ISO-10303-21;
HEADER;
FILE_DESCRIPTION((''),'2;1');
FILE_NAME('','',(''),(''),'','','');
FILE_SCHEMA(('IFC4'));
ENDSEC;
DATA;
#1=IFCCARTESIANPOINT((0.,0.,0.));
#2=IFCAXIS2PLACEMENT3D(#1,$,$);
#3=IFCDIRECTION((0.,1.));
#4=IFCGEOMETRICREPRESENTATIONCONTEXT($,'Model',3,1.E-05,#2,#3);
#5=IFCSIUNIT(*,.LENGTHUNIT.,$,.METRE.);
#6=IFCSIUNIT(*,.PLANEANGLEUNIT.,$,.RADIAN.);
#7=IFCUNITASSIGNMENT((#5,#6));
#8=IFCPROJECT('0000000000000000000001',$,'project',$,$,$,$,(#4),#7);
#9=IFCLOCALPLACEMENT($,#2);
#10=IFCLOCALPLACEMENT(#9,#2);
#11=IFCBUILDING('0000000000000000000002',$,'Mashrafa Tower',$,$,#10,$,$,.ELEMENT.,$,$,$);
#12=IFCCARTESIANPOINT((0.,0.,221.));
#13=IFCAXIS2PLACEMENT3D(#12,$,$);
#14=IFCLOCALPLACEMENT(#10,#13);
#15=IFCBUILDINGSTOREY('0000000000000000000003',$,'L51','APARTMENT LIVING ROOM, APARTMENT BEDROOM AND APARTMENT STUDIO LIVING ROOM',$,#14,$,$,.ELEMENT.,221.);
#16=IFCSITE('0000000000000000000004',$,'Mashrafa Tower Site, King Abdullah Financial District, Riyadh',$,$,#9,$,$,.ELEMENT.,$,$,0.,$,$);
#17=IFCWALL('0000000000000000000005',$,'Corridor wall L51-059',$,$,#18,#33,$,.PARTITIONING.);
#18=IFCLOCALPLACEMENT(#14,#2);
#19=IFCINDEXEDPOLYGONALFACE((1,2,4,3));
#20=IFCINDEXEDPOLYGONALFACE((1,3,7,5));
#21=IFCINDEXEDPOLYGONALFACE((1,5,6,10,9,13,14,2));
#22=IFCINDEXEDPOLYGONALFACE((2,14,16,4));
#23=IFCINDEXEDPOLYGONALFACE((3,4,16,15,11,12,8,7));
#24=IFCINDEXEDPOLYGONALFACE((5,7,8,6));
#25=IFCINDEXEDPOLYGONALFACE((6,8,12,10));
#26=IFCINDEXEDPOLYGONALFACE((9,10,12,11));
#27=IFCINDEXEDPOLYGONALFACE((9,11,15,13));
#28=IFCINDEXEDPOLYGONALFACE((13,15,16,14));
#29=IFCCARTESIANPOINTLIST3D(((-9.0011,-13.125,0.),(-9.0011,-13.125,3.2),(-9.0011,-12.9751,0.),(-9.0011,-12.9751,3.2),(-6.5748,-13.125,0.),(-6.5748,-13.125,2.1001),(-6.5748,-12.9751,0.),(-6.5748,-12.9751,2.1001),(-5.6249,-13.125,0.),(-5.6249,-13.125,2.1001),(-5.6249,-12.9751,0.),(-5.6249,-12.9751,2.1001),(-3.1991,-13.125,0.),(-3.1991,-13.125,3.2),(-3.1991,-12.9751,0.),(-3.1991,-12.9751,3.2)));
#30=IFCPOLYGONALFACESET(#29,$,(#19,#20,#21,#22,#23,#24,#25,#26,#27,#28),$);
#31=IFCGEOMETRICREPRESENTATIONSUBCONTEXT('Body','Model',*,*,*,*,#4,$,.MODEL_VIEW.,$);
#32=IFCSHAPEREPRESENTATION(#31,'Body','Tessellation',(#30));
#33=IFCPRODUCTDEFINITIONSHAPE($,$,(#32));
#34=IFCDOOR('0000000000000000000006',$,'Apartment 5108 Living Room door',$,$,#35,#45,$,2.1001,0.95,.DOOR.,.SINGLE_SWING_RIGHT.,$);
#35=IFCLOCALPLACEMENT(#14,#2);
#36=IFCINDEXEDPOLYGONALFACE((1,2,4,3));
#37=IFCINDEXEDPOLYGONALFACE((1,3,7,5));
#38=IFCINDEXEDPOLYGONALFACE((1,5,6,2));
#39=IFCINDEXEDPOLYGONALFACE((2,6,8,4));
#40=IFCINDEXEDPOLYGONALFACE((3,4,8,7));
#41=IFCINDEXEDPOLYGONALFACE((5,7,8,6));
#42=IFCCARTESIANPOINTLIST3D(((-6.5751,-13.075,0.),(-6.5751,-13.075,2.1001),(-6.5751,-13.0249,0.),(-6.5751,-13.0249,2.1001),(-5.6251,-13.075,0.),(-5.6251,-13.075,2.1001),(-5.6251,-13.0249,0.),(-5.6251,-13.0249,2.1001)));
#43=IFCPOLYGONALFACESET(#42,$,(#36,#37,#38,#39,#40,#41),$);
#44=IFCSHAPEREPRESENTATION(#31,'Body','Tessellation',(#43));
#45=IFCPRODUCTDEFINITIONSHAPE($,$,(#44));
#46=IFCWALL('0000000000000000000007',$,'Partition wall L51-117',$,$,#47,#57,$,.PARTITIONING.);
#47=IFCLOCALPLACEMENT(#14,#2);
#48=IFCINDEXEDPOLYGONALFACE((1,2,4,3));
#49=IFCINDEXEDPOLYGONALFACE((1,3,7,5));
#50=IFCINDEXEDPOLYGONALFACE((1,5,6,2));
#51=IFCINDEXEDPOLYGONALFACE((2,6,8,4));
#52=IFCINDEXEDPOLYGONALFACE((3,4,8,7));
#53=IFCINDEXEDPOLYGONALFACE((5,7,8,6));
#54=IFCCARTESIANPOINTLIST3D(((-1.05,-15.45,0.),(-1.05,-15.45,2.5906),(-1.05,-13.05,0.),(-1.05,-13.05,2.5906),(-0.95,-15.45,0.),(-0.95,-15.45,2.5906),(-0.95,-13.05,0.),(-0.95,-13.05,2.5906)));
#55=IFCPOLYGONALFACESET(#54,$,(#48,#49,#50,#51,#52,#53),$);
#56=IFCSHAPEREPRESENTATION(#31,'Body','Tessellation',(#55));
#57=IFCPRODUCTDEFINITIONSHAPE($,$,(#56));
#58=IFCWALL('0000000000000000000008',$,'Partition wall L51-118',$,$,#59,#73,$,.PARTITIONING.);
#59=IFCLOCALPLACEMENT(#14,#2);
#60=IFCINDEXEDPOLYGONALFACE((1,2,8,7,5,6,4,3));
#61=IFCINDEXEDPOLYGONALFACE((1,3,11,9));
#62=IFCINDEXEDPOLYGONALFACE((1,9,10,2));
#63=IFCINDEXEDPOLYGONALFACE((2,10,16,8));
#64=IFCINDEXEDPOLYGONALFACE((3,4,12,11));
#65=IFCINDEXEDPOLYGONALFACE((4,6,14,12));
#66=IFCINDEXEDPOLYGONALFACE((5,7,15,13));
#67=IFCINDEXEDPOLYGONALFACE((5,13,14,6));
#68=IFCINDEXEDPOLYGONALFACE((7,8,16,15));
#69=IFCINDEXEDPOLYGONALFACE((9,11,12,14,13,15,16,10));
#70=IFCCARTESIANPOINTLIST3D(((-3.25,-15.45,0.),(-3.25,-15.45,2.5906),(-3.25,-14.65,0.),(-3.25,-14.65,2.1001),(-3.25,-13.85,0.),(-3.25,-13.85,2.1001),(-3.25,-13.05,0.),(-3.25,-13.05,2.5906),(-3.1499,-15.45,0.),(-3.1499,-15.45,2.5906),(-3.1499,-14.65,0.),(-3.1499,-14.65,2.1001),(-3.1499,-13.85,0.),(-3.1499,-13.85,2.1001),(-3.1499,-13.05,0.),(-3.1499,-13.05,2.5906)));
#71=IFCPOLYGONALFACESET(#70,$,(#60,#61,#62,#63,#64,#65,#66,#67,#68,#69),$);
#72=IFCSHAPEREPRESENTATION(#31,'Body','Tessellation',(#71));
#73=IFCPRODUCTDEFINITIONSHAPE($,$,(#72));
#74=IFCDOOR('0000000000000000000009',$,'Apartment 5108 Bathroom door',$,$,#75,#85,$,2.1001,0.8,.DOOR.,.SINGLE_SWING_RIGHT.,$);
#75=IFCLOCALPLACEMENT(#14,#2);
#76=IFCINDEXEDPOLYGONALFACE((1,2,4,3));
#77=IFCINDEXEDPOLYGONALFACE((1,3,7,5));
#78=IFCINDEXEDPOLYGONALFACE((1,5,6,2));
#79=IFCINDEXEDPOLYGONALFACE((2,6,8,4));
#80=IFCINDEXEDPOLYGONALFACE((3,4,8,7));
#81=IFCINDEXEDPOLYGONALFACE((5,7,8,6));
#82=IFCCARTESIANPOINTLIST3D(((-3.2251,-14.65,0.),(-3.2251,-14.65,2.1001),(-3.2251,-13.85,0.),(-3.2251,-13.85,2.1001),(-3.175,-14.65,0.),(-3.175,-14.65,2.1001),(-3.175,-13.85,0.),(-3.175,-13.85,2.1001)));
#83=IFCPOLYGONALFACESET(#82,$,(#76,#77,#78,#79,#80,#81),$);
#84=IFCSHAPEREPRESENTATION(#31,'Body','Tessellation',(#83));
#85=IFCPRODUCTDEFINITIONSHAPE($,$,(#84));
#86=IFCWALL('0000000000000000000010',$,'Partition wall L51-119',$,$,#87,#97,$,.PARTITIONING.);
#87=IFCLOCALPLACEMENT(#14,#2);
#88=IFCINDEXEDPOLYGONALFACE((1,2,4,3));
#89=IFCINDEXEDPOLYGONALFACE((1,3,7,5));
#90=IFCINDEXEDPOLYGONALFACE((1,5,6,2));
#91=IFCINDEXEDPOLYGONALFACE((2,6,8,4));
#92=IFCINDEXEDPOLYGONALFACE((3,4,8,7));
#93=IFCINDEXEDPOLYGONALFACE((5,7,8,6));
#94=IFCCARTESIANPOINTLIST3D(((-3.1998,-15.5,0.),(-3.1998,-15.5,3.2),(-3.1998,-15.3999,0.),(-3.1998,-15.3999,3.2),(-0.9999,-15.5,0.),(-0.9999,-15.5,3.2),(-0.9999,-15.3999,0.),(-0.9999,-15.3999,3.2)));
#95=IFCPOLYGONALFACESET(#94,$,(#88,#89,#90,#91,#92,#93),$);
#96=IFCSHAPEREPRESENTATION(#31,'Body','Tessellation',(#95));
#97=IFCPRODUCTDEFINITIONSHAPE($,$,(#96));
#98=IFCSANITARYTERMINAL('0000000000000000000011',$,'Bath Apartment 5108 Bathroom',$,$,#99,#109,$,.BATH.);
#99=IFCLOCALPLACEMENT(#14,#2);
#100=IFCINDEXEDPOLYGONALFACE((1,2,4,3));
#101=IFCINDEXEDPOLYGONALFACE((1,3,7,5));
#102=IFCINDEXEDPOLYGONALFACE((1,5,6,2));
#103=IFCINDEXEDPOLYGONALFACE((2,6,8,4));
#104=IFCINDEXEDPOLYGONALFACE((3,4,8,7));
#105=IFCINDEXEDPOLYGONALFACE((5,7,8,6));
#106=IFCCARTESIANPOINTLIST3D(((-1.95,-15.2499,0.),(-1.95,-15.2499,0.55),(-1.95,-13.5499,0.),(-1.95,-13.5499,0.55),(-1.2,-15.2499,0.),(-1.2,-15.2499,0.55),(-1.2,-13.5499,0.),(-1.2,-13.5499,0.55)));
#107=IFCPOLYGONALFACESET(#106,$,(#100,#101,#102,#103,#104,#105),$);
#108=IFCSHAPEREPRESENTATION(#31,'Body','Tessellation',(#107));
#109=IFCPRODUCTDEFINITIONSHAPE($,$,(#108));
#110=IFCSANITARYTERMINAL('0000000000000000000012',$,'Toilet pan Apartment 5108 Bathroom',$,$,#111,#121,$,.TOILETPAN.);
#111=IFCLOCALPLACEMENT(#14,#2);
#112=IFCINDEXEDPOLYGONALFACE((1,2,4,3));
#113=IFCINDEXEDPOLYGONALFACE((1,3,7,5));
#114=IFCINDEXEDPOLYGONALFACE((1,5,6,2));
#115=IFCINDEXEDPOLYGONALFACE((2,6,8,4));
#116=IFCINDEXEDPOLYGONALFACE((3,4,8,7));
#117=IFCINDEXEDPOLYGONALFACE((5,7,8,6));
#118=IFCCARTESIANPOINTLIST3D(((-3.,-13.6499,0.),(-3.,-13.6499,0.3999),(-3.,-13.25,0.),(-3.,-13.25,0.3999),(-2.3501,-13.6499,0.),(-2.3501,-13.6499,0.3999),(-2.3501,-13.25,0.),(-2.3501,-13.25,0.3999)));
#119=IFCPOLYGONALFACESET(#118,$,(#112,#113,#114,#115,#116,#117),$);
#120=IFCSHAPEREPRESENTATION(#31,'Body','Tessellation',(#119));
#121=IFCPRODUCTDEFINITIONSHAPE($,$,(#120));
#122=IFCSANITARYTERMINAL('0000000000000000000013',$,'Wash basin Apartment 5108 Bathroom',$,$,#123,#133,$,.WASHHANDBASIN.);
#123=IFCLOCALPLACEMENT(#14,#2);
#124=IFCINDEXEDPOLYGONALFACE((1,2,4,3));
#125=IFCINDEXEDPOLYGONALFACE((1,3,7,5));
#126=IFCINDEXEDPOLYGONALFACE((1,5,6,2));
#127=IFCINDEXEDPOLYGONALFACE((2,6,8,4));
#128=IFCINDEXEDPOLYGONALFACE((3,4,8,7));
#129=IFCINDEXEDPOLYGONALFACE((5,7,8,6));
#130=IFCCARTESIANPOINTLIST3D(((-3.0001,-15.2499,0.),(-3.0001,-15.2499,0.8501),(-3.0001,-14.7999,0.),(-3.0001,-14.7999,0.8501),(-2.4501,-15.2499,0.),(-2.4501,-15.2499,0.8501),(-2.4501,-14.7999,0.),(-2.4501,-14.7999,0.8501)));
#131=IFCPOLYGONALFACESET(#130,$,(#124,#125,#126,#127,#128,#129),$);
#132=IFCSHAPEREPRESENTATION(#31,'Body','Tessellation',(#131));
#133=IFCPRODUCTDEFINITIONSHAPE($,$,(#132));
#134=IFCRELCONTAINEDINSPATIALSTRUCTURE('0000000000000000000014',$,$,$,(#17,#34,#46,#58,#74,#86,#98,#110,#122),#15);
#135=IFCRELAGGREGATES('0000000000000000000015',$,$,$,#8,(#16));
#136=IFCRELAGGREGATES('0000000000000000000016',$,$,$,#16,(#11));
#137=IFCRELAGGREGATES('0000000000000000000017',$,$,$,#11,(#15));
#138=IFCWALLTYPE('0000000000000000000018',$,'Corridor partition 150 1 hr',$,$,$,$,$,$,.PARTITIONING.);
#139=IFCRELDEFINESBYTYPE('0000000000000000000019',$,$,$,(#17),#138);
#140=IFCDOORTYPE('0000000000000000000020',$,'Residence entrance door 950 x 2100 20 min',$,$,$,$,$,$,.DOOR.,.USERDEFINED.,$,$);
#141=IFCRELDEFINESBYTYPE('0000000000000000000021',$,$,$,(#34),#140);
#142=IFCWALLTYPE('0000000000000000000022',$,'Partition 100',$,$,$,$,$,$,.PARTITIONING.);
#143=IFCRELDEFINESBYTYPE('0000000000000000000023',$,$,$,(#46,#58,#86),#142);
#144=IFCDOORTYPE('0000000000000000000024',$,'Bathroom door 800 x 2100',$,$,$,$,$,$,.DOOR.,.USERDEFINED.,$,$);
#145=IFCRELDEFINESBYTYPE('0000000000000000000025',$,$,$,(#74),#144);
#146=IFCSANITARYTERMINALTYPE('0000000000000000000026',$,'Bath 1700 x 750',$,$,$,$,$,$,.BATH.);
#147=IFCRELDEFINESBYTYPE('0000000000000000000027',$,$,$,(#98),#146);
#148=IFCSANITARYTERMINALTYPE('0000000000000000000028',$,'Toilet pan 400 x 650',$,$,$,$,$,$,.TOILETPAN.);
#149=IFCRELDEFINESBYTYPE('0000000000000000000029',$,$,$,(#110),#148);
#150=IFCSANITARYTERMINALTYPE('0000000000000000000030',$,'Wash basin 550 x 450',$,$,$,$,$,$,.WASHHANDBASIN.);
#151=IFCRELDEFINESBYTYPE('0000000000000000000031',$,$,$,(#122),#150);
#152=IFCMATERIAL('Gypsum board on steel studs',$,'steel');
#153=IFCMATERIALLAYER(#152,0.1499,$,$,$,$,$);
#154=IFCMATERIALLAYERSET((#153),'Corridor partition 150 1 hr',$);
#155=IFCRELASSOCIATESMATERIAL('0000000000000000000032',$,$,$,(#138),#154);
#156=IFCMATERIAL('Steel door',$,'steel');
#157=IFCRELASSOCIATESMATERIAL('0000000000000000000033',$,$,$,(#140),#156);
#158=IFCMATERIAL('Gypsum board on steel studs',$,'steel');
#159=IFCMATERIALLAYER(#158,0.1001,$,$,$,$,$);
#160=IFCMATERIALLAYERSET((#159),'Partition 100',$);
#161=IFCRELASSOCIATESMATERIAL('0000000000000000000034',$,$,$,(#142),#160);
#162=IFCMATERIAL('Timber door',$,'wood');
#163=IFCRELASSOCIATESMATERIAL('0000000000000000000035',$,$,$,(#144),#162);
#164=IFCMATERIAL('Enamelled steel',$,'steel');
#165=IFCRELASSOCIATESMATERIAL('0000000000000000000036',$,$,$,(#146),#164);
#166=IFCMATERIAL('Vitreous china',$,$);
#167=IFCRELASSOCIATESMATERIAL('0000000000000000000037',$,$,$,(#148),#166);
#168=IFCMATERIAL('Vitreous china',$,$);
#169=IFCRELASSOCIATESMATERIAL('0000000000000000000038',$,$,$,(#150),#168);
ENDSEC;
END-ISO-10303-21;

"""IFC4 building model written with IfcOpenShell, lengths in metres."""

from ifc_helpers import new_model, si_unit, direction, frame, frame_2d, origin, origin_2d, place, context, subcontext, project, spatial, rectangle, extrude, material, layer, layer_set, type_object, element, fill, save


model = new_model("IFC4")

# Units and contexts
model_context = context("Model", 3, precision=1e-05, world=origin(), true_north=direction((0.0, 1.0)))
body_context = subcontext(model_context, "Body", "Model", "MODEL_VIEW")
ifc_project = project(units=[si_unit("LENGTHUNIT", "METRE"), si_unit("PLANEANGLEUNIT", "RADIAN")], contexts=[model_context])

# Site, building, storey
site_placement = place(None, origin())
site = spatial("IfcSite", under=ifc_project, at=site_placement, Name="Mashrafa Tower Site, King Abdullah Financial District, Riyadh", CompositionType="ELEMENT", RefElevation=0.0)
building_placement = place(site_placement, origin())
building = spatial("IfcBuilding", under=site, at=building_placement, Name="Mashrafa Tower", CompositionType="ELEMENT")
storey_placement = place(building_placement, frame((0.0, 0.0, 221.0)))
storey = spatial("IfcBuildingStorey", under=building, at=storey_placement, Name="L51", Description="APARTMENT LIVING ROOM, APARTMENT BEDROOM AND APARTMENT STUDIO LIVING ROOM", CompositionType="ELEMENT", Elevation=221.0)

# Shared definitions
ifc_material_1 = material(Name="Gypsum board on steel studs", Category="steel")
ifc_layer_1 = layer(ifc_material_1, 0.1499)
ifc_layer_set_1 = layer_set([ifc_layer_1], Name="Corridor partition 150 1 hr")
wall_type_1 = type_object("IfcWallType", Name="Corridor partition 150 1 hr", PredefinedType="PARTITIONING", material=ifc_layer_set_1)

# Wall, opening, door
wall_1_placement = place(storey_placement, frame((-9.001, -13.05, 0.0), z_axis=(0.0, 0.0, 1.0), x_axis=(1.0, 0.0, 0.0)))
wall_1 = element("IfcWall", 1, at=wall_1_placement, inside=storey, type_object=wall_type_1, Name="Corridor wall L51-059", PredefinedType="PARTITIONING", context=body_context, shape_type="SweptSolid", body=[
    extrude(rectangle(XDim=5.802, YDim=0.1499, at=frame_2d((2.9009, 0.0))), origin(), (0.0, 0.0, 1.0), 3.2),
])
opening_1_placement = place(wall_1_placement, frame((2.426, 0.0, 0.0)))
opening_1 = element("IfcOpeningElement", 2, at=opening_1_placement, cuts=wall_1, PredefinedType="OPENING", context=body_context, shape_type="SweptSolid", body=[
    extrude(rectangle(XDim=0.95, YDim=2.1001, at=frame_2d((0.4751, 1.05))), frame((0.0, 0.085, 0.0), z_axis=(0.0, -1.0, 0.0), x_axis=(1.0, 0.0, 0.0)), (0.0, 0.0, 1.0), 0.1699),
])
ifc_material_2 = material(Name="Steel door", Category="steel")
door_type_1 = type_object("IfcDoorType", Name="Residence entrance door 950 x 2100 20 min", OperationType="USERDEFINED", PredefinedType="DOOR", material=ifc_material_2)
door_1_placement = place(opening_1_placement, frame((0.95, 0.0, 0.0), z_axis=(0.0, 0.0, 1.0), x_axis=(-1.0, 0.0, 0.0)))
door_1 = element("IfcDoor", 3, at=door_1_placement, inside=storey, type_object=door_type_1, Name="Apartment 5108 Living Room door", OperationType="SINGLE_SWING_RIGHT", OverallHeight=2.1001, OverallWidth=0.95, PredefinedType="DOOR", context=body_context, shape_type="SweptSolid", body=[
    extrude(rectangle(XDim=0.95, YDim=2.1001, at=frame_2d((0.4751, 1.05))), frame((0.0, 0.0249, 0.0), z_axis=(0.0, -1.0, 0.0), x_axis=(1.0, 0.0, 0.0)), (0.0, 0.0, 1.0), 0.05),
])
fill(opening_1, door_1)

# Wall
ifc_material_3 = material(Name="Gypsum board on steel studs", Category="steel")
ifc_layer_2 = layer(ifc_material_3, 0.1001)
ifc_layer_set_2 = layer_set([ifc_layer_2], Name="Partition 100")
wall_type_2 = type_object("IfcWallType", Name="Partition 100", PredefinedType="PARTITIONING", material=ifc_layer_set_2)
wall_2_placement = place(storey_placement, frame((-1.0, -15.45, 0.0), z_axis=(0.0, 0.0, 1.0), x_axis=(0.0, 1.0, 0.0)))
element("IfcWall", 4, at=wall_2_placement, inside=storey, type_object=wall_type_2, Name="Partition wall L51-117", PredefinedType="PARTITIONING", context=body_context, shape_type="SweptSolid", body=[
    extrude(rectangle(XDim=2.3999, YDim=0.1001, at=frame_2d((1.2, 0.0))), origin(), (0.0, 0.0, 1.0), 2.5906),
])

# Wall, opening, door
wall_3_placement = place(storey_placement, frame((-3.2, -13.05, 0.0), z_axis=(0.0, 0.0, 1.0), x_axis=(0.0, -1.0, 0.0)))
wall_3 = element("IfcWall", 5, at=wall_3_placement, inside=storey, type_object=wall_type_2, Name="Partition wall L51-118", PredefinedType="PARTITIONING", context=body_context, shape_type="SweptSolid", body=[
    extrude(rectangle(XDim=2.3999, YDim=0.1001, at=frame_2d((1.2, 0.0))), origin(), (0.0, 0.0, 1.0), 2.5906),
])
opening_2_placement = place(wall_3_placement, frame((0.8, 0.0, 0.0)))
opening_2 = element("IfcOpeningElement", 6, at=opening_2_placement, cuts=wall_3, PredefinedType="OPENING", context=body_context, shape_type="SweptSolid", body=[
    extrude(rectangle(XDim=0.8, YDim=2.1001, at=frame_2d((0.3999, 1.05))), frame((0.0, 0.0601, 0.0), z_axis=(0.0, -1.0, 0.0), x_axis=(1.0, 0.0, 0.0)), (0.0, 0.0, 1.0), 0.1201),
])
ifc_material_4 = material(Name="Timber door", Category="wood")
door_type_2 = type_object("IfcDoorType", Name="Bathroom door 800 x 2100", OperationType="USERDEFINED", PredefinedType="DOOR", material=ifc_material_4)
door_2_placement = place(opening_2_placement, origin())
door_2 = element("IfcDoor", 7, at=door_2_placement, inside=storey, type_object=door_type_2, Name="Apartment 5108 Bathroom door", OperationType="SINGLE_SWING_RIGHT", OverallHeight=2.1001, OverallWidth=0.8, PredefinedType="DOOR", context=body_context, shape_type="SweptSolid", body=[
    extrude(rectangle(XDim=0.8, YDim=2.1001, at=frame_2d((0.3999, 1.05))), frame((0.0, 0.0249, 0.0), z_axis=(0.0, -1.0, 0.0), x_axis=(1.0, 0.0, 0.0)), (0.0, 0.0, 1.0), 0.05),
])
fill(opening_2, door_2)

# Wall
wall_4_placement = place(storey_placement, frame((-3.2, -15.45, 0.0), z_axis=(0.0, 0.0, 1.0), x_axis=(1.0, 0.0, 0.0)))
element("IfcWall", 8, at=wall_4_placement, inside=storey, type_object=wall_type_2, Name="Partition wall L51-119", PredefinedType="PARTITIONING", context=body_context, shape_type="SweptSolid", body=[
    extrude(rectangle(XDim=2.2, YDim=0.1001, at=frame_2d((1.1001, 0.0))), origin(), (0.0, 0.0, 1.0), 3.2),
])

# Sanitary terminals
ifc_material_5 = material(Name="Enamelled steel", Category="steel")
sanitary_terminal_type_1 = type_object("IfcSanitaryTerminalType", Name="Bath 1700 x 750", PredefinedType="BATH", material=ifc_material_5)
sanitary_terminal_1_placement = place(storey_placement, frame((-1.575, -14.3999, 0.0), z_axis=(0.0, 0.0, 1.0), x_axis=(0.0, 1.0, 0.0)))
element("IfcSanitaryTerminal", 9, at=sanitary_terminal_1_placement, inside=storey, type_object=sanitary_terminal_type_1, Name="Bath Apartment 5108 Bathroom", PredefinedType="BATH", context=body_context, shape_type="SweptSolid", body=[
    extrude(rectangle(XDim=1.7, YDim=0.75, at=origin_2d()), origin(), (0.0, 0.0, 1.0), 0.55),
])
ifc_material_6 = material(Name="Vitreous china")
sanitary_terminal_type_2 = type_object("IfcSanitaryTerminalType", Name="Toilet pan 400 x 650", PredefinedType="TOILETPAN", material=ifc_material_6)
sanitary_terminal_2_placement = place(storey_placement, frame((-2.675, -13.45, 0.0), z_axis=(0.0, 0.0, 1.0), x_axis=(0.0, -1.0, 0.0)))
element("IfcSanitaryTerminal", 10, at=sanitary_terminal_2_placement, inside=storey, type_object=sanitary_terminal_type_2, Name="Toilet pan Apartment 5108 Bathroom", PredefinedType="TOILETPAN", context=body_context, shape_type="SweptSolid", body=[
    extrude(rectangle(XDim=0.3999, YDim=0.6499, at=origin_2d()), origin(), (0.0, 0.0, 1.0), 0.3999),
])
ifc_material_7 = material(Name="Vitreous china")
sanitary_terminal_type_3 = type_object("IfcSanitaryTerminalType", Name="Wash basin 550 x 450", PredefinedType="WASHHANDBASIN", material=ifc_material_7)
sanitary_terminal_3_placement = place(storey_placement, frame((-2.7251, -15.0249, 0.0), z_axis=(0.0, 0.0, 1.0), x_axis=(1.0, 0.0, 0.0)))
element("IfcSanitaryTerminal", 11, at=sanitary_terminal_3_placement, inside=storey, type_object=sanitary_terminal_type_3, Name="Wash basin Apartment 5108 Bathroom", PredefinedType="WASHHANDBASIN", context=body_context, shape_type="SweptSolid", body=[
    extrude(rectangle(XDim=0.55, YDim=0.45, at=origin_2d()), origin(), (0.0, 0.0, 1.0), 0.8501),
])

save(model, "model.ifc")
